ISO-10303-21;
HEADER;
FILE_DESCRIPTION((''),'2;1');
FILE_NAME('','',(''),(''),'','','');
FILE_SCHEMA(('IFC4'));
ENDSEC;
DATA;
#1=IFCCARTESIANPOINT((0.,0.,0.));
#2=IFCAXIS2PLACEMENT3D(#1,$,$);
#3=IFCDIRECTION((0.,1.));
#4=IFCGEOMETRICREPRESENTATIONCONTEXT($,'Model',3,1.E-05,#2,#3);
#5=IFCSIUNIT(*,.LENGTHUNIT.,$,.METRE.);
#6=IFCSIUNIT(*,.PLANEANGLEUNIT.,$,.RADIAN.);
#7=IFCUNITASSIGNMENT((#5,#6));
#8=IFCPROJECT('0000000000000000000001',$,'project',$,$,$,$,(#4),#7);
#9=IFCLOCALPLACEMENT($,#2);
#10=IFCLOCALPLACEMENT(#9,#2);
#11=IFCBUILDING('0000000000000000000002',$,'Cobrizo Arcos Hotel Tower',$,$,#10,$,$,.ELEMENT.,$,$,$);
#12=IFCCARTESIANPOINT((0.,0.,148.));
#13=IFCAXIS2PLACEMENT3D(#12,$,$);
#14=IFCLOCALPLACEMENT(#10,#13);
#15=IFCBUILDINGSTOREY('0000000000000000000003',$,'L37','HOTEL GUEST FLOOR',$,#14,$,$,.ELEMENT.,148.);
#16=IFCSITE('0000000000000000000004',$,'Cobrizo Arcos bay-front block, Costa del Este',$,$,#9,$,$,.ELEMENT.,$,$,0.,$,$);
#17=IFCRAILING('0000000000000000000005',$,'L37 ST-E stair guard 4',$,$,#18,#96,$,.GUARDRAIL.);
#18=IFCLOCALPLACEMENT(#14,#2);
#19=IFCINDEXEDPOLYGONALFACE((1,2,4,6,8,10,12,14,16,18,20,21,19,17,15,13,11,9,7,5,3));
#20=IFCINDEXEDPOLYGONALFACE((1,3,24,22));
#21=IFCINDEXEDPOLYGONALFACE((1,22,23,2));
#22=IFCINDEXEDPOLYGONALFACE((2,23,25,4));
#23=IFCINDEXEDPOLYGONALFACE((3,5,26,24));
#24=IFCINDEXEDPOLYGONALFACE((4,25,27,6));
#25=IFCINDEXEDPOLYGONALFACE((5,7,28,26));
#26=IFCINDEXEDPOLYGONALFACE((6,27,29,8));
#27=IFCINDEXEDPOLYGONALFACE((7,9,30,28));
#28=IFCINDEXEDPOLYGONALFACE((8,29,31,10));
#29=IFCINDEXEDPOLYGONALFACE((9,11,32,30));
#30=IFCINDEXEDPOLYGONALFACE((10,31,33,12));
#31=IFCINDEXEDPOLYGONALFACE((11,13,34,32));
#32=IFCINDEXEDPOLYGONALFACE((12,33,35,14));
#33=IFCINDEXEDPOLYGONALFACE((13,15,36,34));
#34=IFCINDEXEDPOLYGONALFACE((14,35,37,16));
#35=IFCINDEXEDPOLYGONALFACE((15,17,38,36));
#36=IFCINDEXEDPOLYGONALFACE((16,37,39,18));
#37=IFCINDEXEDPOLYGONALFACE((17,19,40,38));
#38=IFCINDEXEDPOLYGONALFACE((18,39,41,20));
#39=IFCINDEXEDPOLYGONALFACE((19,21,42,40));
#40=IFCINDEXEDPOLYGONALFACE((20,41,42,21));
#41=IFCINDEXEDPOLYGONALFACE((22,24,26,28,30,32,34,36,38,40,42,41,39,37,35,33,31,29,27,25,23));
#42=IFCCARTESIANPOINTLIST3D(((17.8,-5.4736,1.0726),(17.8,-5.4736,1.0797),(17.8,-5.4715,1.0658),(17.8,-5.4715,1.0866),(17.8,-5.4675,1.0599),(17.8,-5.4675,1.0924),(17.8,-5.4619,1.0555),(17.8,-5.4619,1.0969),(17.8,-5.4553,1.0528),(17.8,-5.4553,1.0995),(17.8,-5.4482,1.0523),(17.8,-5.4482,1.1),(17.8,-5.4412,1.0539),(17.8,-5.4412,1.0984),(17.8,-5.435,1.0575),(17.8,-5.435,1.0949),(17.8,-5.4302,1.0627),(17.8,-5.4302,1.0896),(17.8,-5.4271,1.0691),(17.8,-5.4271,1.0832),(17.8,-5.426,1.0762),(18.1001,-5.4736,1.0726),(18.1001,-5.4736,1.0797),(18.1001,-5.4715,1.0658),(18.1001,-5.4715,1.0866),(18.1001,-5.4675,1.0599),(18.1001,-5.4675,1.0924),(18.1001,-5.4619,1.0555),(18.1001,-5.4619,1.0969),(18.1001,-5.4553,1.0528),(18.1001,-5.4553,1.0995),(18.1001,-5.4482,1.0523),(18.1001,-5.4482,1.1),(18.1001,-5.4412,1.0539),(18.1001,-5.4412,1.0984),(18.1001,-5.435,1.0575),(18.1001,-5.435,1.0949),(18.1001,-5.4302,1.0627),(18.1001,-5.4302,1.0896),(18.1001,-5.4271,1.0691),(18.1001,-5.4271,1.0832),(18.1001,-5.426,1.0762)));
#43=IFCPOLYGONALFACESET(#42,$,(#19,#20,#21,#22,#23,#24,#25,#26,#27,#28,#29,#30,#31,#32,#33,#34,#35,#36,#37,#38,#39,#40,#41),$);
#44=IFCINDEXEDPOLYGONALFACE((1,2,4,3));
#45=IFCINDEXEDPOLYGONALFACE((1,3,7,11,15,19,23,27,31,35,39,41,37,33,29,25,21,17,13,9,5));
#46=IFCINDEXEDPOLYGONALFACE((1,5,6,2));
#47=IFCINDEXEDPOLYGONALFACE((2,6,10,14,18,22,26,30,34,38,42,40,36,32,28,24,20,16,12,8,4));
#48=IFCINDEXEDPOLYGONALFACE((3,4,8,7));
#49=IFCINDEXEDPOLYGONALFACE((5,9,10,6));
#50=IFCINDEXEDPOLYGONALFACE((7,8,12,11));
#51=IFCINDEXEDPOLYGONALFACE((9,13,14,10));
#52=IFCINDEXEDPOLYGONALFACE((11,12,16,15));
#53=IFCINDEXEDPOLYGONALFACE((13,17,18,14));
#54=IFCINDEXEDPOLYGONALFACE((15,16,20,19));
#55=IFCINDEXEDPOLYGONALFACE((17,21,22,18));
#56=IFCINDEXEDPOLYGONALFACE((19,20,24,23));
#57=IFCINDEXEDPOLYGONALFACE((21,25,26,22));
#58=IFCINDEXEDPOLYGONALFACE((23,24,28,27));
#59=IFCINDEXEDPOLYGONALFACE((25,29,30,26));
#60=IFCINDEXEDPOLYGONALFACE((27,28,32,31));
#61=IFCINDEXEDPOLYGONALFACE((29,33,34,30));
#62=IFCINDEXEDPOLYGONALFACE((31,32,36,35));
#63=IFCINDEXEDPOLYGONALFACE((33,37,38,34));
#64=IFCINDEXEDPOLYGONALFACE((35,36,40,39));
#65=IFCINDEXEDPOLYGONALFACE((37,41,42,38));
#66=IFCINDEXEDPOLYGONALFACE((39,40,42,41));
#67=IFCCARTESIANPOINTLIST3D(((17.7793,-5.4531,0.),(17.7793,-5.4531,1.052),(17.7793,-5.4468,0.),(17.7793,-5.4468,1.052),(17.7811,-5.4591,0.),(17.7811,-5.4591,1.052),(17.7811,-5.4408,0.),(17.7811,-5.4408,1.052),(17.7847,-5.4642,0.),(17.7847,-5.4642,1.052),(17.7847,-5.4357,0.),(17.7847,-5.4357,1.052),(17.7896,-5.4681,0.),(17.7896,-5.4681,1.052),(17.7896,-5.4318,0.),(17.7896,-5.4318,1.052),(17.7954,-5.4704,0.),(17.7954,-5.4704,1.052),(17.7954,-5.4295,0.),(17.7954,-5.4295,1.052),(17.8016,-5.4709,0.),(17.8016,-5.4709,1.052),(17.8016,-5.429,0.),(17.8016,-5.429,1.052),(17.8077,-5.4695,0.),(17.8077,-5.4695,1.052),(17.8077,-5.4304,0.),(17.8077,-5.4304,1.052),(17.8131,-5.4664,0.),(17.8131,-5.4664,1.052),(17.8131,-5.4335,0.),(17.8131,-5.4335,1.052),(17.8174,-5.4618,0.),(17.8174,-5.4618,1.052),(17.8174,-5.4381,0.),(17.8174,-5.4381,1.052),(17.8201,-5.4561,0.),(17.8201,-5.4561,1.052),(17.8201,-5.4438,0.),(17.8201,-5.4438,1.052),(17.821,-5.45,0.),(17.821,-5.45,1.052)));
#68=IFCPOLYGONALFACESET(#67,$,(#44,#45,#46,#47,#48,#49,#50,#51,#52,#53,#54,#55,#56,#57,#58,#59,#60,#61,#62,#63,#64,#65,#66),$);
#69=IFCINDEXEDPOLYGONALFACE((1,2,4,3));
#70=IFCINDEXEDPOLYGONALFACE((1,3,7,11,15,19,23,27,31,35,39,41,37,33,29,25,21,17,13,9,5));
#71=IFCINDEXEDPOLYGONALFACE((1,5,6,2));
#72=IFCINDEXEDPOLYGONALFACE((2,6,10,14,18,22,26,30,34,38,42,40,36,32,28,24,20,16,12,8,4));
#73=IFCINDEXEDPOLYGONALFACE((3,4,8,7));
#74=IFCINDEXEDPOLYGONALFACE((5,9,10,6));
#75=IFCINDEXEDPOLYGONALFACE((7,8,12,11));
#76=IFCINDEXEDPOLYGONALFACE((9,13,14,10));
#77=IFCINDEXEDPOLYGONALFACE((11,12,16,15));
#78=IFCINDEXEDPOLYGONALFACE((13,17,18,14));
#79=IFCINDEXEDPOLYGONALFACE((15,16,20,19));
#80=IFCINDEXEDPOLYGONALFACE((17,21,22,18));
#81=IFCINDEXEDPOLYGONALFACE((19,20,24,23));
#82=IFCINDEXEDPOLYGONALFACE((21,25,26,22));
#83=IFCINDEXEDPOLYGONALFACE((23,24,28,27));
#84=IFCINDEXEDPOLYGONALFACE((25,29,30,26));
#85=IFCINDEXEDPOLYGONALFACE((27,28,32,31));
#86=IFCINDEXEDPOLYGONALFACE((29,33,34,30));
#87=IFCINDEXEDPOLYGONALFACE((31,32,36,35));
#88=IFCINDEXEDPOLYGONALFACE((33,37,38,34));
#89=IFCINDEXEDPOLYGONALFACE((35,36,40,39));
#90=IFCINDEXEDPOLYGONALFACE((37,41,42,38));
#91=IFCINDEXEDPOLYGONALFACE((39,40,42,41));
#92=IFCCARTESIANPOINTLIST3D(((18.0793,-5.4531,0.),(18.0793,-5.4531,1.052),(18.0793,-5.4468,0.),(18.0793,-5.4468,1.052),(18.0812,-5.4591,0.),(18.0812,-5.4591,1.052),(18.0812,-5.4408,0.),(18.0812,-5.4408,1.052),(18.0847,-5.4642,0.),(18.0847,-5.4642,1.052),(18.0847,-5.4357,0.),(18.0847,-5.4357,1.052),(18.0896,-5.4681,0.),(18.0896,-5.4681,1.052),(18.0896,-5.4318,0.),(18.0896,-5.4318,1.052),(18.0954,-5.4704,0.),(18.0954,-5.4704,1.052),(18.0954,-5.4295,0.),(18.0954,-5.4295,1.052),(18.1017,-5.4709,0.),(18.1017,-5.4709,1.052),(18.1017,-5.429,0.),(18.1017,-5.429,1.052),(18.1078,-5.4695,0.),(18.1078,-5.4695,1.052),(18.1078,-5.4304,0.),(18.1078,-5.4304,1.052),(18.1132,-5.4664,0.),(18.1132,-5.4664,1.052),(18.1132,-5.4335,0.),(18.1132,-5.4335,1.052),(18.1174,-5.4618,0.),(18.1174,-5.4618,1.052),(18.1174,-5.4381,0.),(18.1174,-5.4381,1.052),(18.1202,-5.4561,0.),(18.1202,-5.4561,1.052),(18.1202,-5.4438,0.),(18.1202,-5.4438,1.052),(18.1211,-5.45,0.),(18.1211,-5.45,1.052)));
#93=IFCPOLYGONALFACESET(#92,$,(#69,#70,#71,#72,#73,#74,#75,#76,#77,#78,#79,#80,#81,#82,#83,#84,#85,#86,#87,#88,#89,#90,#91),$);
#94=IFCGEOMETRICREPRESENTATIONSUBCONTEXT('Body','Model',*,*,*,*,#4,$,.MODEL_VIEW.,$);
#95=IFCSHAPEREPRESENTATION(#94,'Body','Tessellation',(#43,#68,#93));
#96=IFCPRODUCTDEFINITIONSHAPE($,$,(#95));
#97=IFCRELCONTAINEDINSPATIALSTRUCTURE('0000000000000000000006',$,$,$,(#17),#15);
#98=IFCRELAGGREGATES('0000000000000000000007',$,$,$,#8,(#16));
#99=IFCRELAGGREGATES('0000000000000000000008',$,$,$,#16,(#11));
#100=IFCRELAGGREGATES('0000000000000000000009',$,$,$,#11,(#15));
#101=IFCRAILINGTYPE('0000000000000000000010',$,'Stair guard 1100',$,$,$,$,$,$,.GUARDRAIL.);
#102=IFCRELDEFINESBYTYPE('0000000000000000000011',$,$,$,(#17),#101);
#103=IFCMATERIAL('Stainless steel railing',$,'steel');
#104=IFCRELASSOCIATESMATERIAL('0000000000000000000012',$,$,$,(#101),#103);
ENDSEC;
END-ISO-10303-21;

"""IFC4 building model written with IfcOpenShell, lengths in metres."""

from ifc_helpers import new_model, si_unit, direction, frame, origin, origin_2d, place, context, subcontext, project, spatial, circle, extrude, material, type_object, element, save


model = new_model("IFC4")

# Units and contexts
model_context = context("Model", 3, precision=1e-05, world=origin(), true_north=direction((0.0, 1.0)))
body_context = subcontext(model_context, "Body", "Model", "MODEL_VIEW")
ifc_project = project(units=[si_unit("LENGTHUNIT", "METRE"), si_unit("PLANEANGLEUNIT", "RADIAN")], contexts=[model_context])

# Site, building, storey
site_placement = place(None, origin())
site = spatial("IfcSite", under=ifc_project, at=site_placement, Name="Cobrizo Arcos bay-front block, Costa del Este", CompositionType="ELEMENT", RefElevation=0.0)
building_placement = place(site_placement, origin())
building = spatial("IfcBuilding", under=site, at=building_placement, Name="Cobrizo Arcos Hotel Tower", CompositionType="ELEMENT")
storey_placement = place(building_placement, frame((0.0, 0.0, 148.0)))
storey = spatial("IfcBuildingStorey", under=building, at=storey_placement, Name="L37", Description="HOTEL GUEST FLOOR", CompositionType="ELEMENT", Elevation=148.0)

# Railing
ifc_material_1 = material(Name="Stainless steel railing", Category="steel")
railing_type_1 = type_object("IfcRailingType", Name="Stair guard 1100", PredefinedType="GUARDRAIL", material=ifc_material_1)
railing_1_placement = place(storey_placement, frame((17.8, -5.45, 0.0)))
element("IfcRailing", 1, at=railing_1_placement, inside=storey, type_object=railing_type_1, Name="L37 ST-E stair guard 4", PredefinedType="GUARDRAIL", context=body_context, shape_type="SweptSolid", body=[
    extrude(circle(Radius=0.0239, at=origin_2d()), frame((0.0, 0.0, 1.0762), z_axis=(1.0, 0.0, 0.0), x_axis=(0.0, 1.0, 0.0)), (0.0, 0.0, 1.0), 0.3),
    extrude(circle(Radius=0.021, at=origin_2d()), origin(), (0.0, 0.0, 1.0), 1.052),
    extrude(circle(Radius=0.021, at=origin_2d()), frame((0.3, 0.0, 0.0)), (0.0, 0.0, 1.0), 1.052),
])

save(model, "model.ifc")
